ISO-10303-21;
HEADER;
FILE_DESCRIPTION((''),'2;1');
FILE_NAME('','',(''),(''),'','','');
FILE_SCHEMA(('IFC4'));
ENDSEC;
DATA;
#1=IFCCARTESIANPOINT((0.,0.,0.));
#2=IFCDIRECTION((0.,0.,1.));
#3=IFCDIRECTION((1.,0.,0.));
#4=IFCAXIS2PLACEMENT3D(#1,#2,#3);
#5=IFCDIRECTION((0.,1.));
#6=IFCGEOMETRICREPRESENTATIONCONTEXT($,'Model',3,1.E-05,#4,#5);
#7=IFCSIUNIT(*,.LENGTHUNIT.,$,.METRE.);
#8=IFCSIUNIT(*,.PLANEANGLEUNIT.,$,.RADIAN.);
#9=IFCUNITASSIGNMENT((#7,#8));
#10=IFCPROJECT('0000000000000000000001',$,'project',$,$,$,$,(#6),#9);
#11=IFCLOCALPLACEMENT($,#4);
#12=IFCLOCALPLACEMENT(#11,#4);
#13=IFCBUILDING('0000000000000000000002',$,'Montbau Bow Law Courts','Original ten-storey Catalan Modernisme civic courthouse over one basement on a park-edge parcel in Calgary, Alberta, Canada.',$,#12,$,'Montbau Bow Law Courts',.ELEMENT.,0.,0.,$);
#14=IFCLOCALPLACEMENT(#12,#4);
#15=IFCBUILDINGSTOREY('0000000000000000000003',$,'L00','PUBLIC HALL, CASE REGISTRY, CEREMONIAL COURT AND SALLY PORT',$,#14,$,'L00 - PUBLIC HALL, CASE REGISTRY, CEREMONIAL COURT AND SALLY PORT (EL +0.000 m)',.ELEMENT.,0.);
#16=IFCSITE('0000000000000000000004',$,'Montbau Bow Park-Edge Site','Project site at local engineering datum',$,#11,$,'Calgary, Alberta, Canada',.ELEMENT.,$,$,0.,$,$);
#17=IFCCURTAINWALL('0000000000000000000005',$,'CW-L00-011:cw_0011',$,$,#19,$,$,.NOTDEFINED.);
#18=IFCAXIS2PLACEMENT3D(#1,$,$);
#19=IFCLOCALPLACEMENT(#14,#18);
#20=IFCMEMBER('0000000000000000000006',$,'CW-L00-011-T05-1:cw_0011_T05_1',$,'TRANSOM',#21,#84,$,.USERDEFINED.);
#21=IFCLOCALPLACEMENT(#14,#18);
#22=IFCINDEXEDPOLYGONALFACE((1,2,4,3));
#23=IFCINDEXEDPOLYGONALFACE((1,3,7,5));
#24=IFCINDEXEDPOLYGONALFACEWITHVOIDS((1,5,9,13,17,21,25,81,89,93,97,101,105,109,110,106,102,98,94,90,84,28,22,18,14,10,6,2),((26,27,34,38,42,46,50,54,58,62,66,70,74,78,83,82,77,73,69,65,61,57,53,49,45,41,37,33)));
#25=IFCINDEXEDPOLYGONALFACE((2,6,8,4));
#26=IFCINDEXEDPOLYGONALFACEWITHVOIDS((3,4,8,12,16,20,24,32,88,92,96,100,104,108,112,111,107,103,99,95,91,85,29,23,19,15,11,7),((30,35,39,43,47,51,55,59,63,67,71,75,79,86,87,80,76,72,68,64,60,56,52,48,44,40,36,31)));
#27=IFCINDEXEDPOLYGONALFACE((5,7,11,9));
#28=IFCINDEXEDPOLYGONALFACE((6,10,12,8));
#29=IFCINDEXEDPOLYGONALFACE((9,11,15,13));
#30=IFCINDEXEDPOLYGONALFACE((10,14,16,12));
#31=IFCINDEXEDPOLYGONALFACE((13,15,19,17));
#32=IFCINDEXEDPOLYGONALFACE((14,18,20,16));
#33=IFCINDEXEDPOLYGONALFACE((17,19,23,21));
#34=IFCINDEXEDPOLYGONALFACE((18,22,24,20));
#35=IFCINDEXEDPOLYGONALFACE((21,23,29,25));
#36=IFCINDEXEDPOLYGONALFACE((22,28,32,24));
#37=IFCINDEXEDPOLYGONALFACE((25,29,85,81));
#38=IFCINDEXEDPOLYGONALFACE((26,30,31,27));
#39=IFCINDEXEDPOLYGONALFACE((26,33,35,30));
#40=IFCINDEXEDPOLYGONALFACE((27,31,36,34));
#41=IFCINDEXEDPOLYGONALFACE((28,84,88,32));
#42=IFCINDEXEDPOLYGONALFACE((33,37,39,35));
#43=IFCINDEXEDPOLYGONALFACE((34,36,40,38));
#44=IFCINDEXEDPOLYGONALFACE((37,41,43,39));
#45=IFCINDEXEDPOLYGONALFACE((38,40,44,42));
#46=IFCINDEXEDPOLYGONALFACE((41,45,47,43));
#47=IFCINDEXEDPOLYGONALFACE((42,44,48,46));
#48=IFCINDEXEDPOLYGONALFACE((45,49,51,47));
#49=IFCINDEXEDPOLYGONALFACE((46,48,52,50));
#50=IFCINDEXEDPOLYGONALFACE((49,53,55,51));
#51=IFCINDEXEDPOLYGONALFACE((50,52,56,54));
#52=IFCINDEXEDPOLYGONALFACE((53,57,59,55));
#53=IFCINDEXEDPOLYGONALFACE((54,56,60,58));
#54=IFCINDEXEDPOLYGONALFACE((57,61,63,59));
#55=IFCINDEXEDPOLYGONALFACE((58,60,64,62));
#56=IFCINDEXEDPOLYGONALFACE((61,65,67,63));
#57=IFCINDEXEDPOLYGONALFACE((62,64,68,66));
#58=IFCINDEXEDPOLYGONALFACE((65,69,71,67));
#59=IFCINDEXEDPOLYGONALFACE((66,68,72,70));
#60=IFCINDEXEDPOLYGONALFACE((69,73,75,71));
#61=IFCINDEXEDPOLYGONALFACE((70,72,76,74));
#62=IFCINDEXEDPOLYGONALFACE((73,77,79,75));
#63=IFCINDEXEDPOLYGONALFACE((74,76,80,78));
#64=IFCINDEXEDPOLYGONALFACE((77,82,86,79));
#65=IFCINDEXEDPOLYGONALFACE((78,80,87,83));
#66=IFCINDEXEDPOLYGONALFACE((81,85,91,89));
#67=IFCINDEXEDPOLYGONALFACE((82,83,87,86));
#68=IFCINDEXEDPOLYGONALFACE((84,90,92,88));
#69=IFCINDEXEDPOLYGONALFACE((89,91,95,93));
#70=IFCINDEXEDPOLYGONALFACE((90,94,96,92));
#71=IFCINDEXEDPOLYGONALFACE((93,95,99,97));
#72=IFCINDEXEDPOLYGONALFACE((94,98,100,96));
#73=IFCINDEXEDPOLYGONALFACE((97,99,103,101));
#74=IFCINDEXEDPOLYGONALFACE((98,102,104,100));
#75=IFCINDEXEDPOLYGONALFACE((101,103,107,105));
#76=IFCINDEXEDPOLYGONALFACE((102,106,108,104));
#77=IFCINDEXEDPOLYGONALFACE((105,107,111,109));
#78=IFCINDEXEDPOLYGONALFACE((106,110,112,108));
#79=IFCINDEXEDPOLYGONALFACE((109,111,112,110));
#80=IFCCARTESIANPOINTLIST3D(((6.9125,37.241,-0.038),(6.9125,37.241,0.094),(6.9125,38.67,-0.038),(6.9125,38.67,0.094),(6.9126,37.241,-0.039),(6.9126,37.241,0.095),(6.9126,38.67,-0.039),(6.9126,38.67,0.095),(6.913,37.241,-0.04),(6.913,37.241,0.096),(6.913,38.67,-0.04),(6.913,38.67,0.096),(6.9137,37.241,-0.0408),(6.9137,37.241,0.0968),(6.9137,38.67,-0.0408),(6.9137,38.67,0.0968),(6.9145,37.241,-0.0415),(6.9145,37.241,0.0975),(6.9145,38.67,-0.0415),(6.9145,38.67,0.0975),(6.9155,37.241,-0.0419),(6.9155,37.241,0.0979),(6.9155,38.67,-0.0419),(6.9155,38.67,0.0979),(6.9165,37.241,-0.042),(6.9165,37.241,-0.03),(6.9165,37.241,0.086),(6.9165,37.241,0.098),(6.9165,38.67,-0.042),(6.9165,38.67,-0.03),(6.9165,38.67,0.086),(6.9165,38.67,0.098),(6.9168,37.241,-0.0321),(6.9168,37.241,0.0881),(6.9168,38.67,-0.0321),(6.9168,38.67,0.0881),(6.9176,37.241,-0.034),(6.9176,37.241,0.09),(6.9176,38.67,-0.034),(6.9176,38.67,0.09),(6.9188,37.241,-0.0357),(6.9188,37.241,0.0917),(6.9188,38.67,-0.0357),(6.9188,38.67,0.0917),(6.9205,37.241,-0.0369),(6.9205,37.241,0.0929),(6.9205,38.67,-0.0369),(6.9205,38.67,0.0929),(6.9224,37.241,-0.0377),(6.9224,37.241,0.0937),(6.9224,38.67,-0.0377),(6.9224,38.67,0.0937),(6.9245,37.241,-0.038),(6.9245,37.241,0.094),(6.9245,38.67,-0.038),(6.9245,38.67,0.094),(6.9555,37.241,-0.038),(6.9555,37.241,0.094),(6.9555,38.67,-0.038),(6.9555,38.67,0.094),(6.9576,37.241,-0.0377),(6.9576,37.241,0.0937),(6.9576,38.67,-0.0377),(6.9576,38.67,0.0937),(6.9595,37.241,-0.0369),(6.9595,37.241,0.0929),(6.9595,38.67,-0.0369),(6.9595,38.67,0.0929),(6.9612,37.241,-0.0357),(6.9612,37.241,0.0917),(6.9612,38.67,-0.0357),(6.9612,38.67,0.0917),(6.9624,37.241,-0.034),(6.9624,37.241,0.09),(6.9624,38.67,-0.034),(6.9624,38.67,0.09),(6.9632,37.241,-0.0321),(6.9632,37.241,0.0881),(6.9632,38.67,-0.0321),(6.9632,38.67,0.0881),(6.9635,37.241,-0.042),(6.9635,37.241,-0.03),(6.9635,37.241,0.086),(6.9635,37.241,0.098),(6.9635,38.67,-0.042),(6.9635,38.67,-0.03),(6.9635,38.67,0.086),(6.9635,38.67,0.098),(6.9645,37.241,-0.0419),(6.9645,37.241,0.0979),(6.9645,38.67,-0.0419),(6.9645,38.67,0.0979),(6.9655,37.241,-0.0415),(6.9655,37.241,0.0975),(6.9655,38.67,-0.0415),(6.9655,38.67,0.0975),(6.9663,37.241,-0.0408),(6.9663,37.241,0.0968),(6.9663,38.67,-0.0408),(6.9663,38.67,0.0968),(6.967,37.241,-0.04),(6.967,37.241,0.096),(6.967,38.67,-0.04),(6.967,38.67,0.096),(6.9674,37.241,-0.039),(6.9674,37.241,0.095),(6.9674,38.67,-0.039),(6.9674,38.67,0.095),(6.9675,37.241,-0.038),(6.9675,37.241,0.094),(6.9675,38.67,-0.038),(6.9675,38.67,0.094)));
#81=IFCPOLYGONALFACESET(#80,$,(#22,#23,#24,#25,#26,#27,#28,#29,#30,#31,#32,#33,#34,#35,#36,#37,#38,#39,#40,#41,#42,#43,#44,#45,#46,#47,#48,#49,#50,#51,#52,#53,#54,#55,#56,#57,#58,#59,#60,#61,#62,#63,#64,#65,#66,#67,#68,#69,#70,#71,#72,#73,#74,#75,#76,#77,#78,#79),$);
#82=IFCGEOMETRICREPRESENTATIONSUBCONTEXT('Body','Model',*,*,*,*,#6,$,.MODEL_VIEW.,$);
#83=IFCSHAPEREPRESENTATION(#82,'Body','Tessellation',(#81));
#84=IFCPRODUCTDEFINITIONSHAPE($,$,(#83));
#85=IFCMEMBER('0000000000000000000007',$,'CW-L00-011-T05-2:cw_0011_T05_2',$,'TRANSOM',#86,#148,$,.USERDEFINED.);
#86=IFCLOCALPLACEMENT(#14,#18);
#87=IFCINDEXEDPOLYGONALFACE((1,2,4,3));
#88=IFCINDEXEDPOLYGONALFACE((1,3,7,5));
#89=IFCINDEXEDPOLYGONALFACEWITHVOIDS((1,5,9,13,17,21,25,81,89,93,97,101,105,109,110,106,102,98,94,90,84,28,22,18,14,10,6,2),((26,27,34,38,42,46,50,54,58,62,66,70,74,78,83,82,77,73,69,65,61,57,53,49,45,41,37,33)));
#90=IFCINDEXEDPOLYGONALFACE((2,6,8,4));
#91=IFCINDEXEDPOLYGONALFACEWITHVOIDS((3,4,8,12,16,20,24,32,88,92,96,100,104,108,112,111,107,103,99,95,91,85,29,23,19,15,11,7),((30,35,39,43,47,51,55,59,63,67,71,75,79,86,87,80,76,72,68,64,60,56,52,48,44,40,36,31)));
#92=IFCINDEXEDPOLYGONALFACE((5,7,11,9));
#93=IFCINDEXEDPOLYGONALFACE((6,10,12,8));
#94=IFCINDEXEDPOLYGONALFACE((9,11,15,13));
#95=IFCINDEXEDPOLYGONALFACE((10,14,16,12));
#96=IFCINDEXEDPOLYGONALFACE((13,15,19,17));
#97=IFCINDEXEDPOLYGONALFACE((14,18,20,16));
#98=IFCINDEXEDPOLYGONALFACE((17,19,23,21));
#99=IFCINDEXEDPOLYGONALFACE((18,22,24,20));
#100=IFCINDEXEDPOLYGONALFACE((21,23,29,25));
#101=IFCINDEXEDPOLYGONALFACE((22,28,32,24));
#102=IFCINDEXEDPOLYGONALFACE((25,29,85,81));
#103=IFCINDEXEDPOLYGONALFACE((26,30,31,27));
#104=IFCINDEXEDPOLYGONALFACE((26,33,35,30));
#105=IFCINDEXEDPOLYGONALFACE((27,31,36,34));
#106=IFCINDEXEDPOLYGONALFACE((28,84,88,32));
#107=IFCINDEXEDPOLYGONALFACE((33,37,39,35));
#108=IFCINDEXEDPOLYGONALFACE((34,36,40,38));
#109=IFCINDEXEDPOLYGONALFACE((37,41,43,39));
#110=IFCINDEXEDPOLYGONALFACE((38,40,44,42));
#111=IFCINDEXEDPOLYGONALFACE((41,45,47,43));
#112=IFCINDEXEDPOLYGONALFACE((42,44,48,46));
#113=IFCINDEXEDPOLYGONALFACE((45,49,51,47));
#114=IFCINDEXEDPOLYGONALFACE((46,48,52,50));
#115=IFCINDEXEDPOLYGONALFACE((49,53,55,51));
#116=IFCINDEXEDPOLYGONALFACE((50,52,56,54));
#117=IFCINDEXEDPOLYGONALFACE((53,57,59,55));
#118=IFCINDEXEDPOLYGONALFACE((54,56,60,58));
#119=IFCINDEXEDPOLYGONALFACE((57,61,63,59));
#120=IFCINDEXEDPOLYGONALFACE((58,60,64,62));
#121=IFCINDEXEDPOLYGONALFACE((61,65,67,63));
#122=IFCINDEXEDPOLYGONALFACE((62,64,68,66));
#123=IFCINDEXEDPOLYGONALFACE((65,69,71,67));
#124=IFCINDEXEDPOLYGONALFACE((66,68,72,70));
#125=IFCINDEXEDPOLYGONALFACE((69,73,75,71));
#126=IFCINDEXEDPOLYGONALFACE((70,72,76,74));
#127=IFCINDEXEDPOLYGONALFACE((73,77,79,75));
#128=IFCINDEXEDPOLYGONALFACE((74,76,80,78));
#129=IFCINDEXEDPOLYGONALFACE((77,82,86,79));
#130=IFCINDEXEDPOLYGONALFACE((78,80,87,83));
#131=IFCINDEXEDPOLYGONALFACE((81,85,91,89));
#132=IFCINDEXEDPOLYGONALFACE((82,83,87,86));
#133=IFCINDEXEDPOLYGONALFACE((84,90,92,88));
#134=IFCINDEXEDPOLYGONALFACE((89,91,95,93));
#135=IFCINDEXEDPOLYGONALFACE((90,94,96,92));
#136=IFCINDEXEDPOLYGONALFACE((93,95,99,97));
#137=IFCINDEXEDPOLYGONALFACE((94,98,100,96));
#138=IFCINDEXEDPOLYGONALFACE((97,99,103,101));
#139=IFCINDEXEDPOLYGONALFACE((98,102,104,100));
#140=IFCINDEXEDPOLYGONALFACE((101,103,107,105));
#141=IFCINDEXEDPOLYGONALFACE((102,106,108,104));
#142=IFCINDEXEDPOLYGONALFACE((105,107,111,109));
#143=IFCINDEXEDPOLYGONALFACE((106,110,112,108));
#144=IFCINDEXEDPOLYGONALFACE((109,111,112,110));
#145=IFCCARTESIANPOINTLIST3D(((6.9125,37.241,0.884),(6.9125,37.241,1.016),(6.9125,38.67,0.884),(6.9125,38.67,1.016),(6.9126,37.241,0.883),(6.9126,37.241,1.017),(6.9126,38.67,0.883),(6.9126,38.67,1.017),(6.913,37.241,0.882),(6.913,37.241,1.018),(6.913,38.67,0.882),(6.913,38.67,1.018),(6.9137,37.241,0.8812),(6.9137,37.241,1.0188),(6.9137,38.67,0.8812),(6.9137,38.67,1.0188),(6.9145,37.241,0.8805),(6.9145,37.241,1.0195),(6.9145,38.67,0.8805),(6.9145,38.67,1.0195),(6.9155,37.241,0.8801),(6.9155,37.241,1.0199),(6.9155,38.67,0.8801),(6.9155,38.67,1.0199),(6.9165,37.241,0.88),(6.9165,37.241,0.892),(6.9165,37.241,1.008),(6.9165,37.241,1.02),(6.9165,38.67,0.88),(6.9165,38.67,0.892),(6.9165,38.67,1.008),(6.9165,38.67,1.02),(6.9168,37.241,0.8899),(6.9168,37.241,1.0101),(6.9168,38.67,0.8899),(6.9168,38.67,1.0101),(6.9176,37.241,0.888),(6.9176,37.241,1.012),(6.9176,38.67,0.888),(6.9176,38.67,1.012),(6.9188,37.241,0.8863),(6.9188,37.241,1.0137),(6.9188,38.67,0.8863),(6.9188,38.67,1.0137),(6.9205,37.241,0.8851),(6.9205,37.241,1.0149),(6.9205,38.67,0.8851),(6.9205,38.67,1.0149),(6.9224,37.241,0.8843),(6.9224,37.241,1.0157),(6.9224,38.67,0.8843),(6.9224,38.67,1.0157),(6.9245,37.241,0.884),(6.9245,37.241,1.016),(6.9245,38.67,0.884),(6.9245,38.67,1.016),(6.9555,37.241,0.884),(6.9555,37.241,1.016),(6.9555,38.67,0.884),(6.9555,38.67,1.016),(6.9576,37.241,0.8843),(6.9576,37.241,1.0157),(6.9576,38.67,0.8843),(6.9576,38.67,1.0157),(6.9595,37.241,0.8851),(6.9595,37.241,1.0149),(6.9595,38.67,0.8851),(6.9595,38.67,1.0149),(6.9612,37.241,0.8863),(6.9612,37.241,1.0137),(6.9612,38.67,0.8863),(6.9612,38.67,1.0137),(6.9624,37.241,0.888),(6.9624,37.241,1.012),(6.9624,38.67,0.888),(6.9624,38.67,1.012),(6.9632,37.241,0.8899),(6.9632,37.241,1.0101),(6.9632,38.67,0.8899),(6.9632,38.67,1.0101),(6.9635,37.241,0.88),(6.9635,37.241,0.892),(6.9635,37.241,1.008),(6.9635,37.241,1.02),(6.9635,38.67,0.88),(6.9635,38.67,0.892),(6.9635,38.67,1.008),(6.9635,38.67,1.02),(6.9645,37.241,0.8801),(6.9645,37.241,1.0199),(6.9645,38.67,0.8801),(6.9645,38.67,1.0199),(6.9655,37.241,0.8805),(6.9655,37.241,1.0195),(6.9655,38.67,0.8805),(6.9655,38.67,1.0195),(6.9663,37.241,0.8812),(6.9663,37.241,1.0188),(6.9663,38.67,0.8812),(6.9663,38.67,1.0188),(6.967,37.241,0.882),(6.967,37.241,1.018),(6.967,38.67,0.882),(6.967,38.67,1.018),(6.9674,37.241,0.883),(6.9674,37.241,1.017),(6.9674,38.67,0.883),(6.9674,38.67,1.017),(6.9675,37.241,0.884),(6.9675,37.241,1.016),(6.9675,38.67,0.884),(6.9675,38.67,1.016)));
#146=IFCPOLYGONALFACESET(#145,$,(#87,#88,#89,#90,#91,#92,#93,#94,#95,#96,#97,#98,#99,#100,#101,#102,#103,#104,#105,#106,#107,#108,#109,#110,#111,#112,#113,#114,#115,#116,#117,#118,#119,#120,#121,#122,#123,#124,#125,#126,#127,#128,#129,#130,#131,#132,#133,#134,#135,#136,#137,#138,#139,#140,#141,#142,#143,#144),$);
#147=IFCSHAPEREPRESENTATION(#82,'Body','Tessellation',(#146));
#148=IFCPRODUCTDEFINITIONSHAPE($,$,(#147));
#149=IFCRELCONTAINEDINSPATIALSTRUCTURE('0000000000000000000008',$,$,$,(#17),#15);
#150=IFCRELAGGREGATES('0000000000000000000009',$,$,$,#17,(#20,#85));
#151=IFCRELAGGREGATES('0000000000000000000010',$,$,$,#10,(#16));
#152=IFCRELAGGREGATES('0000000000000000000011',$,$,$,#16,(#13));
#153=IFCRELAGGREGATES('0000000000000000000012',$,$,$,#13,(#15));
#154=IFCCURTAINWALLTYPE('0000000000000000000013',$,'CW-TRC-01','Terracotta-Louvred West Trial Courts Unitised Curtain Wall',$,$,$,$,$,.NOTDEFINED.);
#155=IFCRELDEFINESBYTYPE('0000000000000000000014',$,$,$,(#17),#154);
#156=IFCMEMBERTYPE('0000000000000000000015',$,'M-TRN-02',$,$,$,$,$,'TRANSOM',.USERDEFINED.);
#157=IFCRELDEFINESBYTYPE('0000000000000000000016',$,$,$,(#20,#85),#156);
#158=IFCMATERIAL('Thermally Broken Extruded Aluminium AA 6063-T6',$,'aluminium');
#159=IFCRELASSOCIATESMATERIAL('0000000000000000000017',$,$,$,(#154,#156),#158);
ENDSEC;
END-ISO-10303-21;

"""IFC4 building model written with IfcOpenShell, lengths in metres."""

from ifc_helpers import new_model, si_unit, direction, frame, origin_with_axes, origin_2d_with_axis, place, context, subcontext, project, spatial, hollow_rectangle, extrude, material, material_profile, profile_set, type_object, element, aggregate, save


model = new_model("IFC4")

# Units and contexts
model_context = context("Model", 3, precision=1e-05, world=origin_with_axes(), true_north=direction((0.0, 1.0)))
body_context = subcontext(model_context, "Body", "Model", "MODEL_VIEW")
ifc_project = project(units=[si_unit("LENGTHUNIT", "METRE"), si_unit("PLANEANGLEUNIT", "RADIAN")], contexts=[model_context])

# Site, building, storey
site_placement = place(None, origin_with_axes())
site = spatial("IfcSite", under=ifc_project, at=site_placement, Name="Montbau Bow Park-Edge Site", Description="Project site at local engineering datum", LongName="Calgary, Alberta, Canada", CompositionType="ELEMENT", RefElevation=0.0)
building_placement = place(site_placement, origin_with_axes())
building = spatial("IfcBuilding", under=site, at=building_placement, Name="Montbau Bow Law Courts", Description="Original ten-storey Catalan Modernisme civic courthouse over one basement on a park-edge parcel in Calgary, Alberta, Canada.", LongName="Montbau Bow Law Courts", CompositionType="ELEMENT", ElevationOfRefHeight=0.0, ElevationOfTerrain=0.0)
storey_placement = place(building_placement, origin_with_axes())
storey = spatial("IfcBuildingStorey", under=building, at=storey_placement, Name="L00", Description="PUBLIC HALL, CASE REGISTRY, CEREMONIAL COURT AND SALLY PORT", LongName="L00 - PUBLIC HALL, CASE REGISTRY, CEREMONIAL COURT AND SALLY PORT (EL +0.000 m)", CompositionType="ELEMENT", Elevation=0.0)

# Curtain wall, members
ifc_material_1 = material(Name="Thermally Broken Extruded Aluminium AA 6063-T6", Category="aluminium")
curtain_wall_type = type_object("IfcCurtainWallType", Name="CW-TRC-01", Description="Terracotta-Louvred West Trial Courts Unitised Curtain Wall", PredefinedType="NOTDEFINED", material=ifc_material_1)
curtain_wall_placement = place(None, frame((6.94, 31.115, 0.0), z_axis=(0.0, 0.0, 1.0), x_axis=(1.0, 0.0, 0.0)))
curtain_wall = element("IfcCurtainWall", 1, at=curtain_wall_placement, inside=storey, type_object=curtain_wall_type, Name="CW-L00-011:cw_0011", PredefinedType="NOTDEFINED")
ifc_material_profile_1 = material_profile(ifc_material_1, hollow_rectangle(XDim=0.055, YDim=0.14, WallThickness=0.004, InnerFilletRadius=0.008, OuterFilletRadius=0.004, at=origin_2d_with_axis()), Name="CWT-140X55", Category="Main", Priority=0)
ifc_profile_set_1 = profile_set([ifc_material_profile_1], Name="Thermally Broken Extruded Aluminium AA 6063-T6")
member_type_1 = type_object("IfcMemberType", Name="M-TRN-02", ElementType="TRANSOM", PredefinedType="USERDEFINED", material=ifc_profile_set_1)
member_1_placement = place(None, frame((6.94, 37.241, 0.028), z_axis=(0.0, 1.0, 0.0), x_axis=(-1.0, 0.0, 0.0)))
member_1 = element("IfcMember", 2, at=member_1_placement, type_object=member_type_1, Name="CW-L00-011-T05-1:cw_0011_T05_1", ObjectType="TRANSOM", PredefinedType="USERDEFINED", context=body_context, shape_type="SweptSolid", body=[
    extrude(hollow_rectangle(XDim=0.055, YDim=0.14, WallThickness=0.004, InnerFilletRadius=0.008, OuterFilletRadius=0.004, at=origin_2d_with_axis()), origin_with_axes(), (0.0, 0.0, 1.0), 1.429),
])
member_2_placement = place(None, frame((6.94, 37.241, 0.95), z_axis=(0.0, 1.0, 0.0), x_axis=(-1.0, 0.0, 0.0)))
member_2 = element("IfcMember", 3, at=member_2_placement, type_object=member_type_1, Name="CW-L00-011-T05-2:cw_0011_T05_2", ObjectType="TRANSOM", PredefinedType="USERDEFINED", context=body_context, shape_type="SweptSolid", body=[
    extrude(hollow_rectangle(XDim=0.055, YDim=0.14, WallThickness=0.004, InnerFilletRadius=0.008, OuterFilletRadius=0.004, at=origin_2d_with_axis()), origin_with_axes(), (0.0, 0.0, 1.0), 1.429),
])
aggregate(curtain_wall, [member_1, member_2])

save(model, "model.ifc")
